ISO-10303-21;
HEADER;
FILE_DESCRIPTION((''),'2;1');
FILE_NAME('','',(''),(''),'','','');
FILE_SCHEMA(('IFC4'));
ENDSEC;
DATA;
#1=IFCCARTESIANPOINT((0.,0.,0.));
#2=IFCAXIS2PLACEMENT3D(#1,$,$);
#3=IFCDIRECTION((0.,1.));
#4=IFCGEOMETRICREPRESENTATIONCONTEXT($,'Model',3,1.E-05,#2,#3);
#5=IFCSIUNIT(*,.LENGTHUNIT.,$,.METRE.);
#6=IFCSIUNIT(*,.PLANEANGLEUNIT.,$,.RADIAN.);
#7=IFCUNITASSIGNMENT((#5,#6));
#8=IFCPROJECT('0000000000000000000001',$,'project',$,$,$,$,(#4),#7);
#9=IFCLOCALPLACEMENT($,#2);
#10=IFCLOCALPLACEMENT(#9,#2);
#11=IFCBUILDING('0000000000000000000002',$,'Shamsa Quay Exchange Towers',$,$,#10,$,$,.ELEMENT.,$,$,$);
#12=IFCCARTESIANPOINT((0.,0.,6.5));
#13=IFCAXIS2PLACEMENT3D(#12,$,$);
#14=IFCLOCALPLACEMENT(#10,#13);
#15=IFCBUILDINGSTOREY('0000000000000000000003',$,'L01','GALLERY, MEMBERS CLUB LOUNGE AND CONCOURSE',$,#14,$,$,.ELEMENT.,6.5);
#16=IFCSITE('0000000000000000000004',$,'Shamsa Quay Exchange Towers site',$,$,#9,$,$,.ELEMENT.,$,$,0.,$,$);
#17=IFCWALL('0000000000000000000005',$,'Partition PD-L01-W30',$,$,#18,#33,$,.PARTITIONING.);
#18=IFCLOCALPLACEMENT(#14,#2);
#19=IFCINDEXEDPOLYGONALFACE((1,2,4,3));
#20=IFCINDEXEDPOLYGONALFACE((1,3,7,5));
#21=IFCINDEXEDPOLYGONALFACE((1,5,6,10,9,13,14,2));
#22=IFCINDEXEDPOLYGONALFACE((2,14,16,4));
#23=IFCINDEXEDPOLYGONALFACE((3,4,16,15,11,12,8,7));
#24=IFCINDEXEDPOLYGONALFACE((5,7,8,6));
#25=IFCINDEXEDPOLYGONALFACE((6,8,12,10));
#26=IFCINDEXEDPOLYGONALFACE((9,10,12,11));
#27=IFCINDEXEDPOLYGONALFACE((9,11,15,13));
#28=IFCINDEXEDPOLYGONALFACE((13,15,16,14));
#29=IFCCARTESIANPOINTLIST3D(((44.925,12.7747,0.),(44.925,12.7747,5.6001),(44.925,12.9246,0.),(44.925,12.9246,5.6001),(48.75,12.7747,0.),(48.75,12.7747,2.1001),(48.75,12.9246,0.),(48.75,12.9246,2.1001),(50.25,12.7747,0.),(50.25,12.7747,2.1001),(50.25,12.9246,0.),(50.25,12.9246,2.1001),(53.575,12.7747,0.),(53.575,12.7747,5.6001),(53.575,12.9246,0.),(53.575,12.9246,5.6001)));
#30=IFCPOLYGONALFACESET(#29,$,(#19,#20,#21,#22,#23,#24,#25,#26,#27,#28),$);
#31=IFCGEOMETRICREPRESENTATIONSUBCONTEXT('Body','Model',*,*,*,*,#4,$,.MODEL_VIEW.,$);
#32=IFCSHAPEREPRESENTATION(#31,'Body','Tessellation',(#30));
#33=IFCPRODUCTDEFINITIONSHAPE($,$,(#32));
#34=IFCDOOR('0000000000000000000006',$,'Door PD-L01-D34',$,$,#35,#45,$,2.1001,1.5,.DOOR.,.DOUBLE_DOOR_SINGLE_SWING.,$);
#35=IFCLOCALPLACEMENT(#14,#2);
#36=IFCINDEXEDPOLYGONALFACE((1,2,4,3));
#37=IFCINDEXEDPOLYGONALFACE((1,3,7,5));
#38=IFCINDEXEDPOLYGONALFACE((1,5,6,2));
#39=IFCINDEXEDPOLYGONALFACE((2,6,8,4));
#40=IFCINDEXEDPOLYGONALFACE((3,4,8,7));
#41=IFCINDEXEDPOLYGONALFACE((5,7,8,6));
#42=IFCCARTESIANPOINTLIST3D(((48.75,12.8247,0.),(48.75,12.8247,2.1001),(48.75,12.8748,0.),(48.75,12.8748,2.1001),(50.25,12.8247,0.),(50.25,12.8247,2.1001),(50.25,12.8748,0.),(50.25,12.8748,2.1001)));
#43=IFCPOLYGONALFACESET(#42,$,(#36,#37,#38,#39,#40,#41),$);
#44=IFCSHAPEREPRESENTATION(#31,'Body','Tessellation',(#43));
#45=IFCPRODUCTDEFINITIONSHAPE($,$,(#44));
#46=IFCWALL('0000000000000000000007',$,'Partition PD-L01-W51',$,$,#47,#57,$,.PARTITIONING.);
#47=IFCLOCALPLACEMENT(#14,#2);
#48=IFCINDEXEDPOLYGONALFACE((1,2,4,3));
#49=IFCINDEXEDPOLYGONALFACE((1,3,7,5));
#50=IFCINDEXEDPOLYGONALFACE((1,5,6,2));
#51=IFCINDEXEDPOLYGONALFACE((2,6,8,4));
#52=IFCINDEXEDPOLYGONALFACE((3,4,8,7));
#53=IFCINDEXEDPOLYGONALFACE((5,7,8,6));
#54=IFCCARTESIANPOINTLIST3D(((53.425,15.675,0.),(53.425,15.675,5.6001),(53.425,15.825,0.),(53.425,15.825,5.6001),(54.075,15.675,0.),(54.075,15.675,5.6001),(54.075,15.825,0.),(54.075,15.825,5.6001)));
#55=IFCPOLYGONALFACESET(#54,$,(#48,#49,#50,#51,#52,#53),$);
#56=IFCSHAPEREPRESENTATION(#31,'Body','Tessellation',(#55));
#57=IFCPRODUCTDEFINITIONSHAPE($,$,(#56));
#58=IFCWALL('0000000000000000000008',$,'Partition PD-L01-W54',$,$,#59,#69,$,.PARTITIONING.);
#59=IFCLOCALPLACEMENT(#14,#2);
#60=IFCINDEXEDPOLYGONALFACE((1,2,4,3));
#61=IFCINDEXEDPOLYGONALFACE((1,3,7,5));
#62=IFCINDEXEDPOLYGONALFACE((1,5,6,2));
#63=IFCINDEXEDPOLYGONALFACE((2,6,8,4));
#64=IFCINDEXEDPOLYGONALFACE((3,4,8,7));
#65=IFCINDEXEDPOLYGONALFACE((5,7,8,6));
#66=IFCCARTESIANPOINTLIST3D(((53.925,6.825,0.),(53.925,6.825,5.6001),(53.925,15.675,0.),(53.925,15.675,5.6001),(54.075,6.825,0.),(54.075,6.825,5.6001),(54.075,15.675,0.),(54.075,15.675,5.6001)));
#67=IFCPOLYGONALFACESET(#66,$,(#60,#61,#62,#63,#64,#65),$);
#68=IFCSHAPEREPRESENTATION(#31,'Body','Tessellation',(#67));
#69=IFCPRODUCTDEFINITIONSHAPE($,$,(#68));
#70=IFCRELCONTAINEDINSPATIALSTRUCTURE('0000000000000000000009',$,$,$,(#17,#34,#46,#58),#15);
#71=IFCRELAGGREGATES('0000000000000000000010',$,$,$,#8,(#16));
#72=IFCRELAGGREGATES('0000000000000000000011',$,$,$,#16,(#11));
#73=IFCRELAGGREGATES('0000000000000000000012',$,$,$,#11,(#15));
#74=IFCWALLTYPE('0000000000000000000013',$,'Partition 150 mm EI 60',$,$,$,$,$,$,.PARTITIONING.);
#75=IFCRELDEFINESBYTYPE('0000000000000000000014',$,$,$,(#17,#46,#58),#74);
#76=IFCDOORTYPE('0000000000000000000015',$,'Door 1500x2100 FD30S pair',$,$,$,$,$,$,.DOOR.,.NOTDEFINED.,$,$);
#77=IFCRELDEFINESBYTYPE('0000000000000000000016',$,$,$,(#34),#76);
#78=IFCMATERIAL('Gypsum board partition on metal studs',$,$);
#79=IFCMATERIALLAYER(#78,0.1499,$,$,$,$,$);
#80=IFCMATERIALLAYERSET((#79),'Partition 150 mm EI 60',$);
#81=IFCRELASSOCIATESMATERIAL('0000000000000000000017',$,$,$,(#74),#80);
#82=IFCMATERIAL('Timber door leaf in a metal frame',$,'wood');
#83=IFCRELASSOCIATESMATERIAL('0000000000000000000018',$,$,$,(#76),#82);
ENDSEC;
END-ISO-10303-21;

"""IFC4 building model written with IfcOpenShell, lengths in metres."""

from ifc_helpers import new_model, si_unit, direction, frame, frame_2d, origin, place, context, subcontext, project, spatial, rectangle, extrude, material, layer, layer_set, type_object, element, fill, save


model = new_model("IFC4")

# Units and contexts
model_context = context("Model", 3, precision=1e-05, world=origin(), true_north=direction((0.0, 1.0)))
body_context = subcontext(model_context, "Body", "Model", "MODEL_VIEW")
ifc_project = project(units=[si_unit("LENGTHUNIT", "METRE"), si_unit("PLANEANGLEUNIT", "RADIAN")], contexts=[model_context])

# Site, building, storey
site_placement = place(None, origin())
site = spatial("IfcSite", under=ifc_project, at=site_placement, Name="Shamsa Quay Exchange Towers site", CompositionType="ELEMENT", RefElevation=0.0)
building_placement = place(site_placement, origin())
building = spatial("IfcBuilding", under=site, at=building_placement, Name="Shamsa Quay Exchange Towers", CompositionType="ELEMENT")
storey_placement = place(building_placement, frame((0.0, 0.0, 6.5)))
storey = spatial("IfcBuildingStorey", under=building, at=storey_placement, Name="L01", Description="GALLERY, MEMBERS CLUB LOUNGE AND CONCOURSE", CompositionType="ELEMENT", Elevation=6.5)

# Shared definitions
ifc_material_1 = material(Name="Gypsum board partition on metal studs")
ifc_layer_1 = layer(ifc_material_1, 0.1499)
ifc_layer_set_1 = layer_set([ifc_layer_1], Name="Partition 150 mm EI 60")
wall_type_1 = type_object("IfcWallType", Name="Partition 150 mm EI 60", PredefinedType="PARTITIONING", material=ifc_layer_set_1)
ifc_material_2 = material(Name="Timber door leaf in a metal frame", Category="wood")

# Wall, opening, door
wall_1_placement = place(storey_placement, frame((53.575, 12.8496, 0.0), z_axis=(0.0, 0.0, 1.0), x_axis=(-1.0, 0.0, 0.0)))
wall_1 = element("IfcWall", 1, at=wall_1_placement, inside=storey, type_object=wall_type_1, Name="Partition PD-L01-W30", PredefinedType="PARTITIONING", context=body_context, shape_type="SweptSolid", body=[
    extrude(rectangle(XDim=8.6499, YDim=0.1499, at=frame_2d((4.325, 0.0))), origin(), (0.0, 0.0, 1.0), 5.6001),
])
opening_1_placement = place(wall_1_placement, frame((3.325, 0.0, 0.0)))
opening_1 = element("IfcOpeningElement", 2, at=opening_1_placement, cuts=wall_1, PredefinedType="OPENING", context=body_context, shape_type="SweptSolid", body=[
    extrude(rectangle(XDim=1.5, YDim=2.1001, at=frame_2d((0.75, 1.05))), frame((0.0, 0.085, 0.0), z_axis=(0.0, -1.0, 0.0), x_axis=(1.0, 0.0, 0.0)), (0.0, 0.0, 1.0), 0.1699),
])
door_type_1 = type_object("IfcDoorType", Name="Door 1500x2100 FD30S pair", OperationType="NOTDEFINED", PredefinedType="DOOR", material=ifc_material_2)
door_1_placement = place(opening_1_placement, origin())
door_1 = element("IfcDoor", 3, at=door_1_placement, inside=storey, type_object=door_type_1, Name="Door PD-L01-D34", OperationType="DOUBLE_DOOR_SINGLE_SWING", OverallHeight=2.1001, OverallWidth=1.5, PredefinedType="DOOR", context=body_context, shape_type="SweptSolid", body=[
    extrude(rectangle(XDim=1.5, YDim=2.1001, at=frame_2d((0.75, 1.05))), frame((0.0, 0.0249, 0.0), z_axis=(0.0, -1.0, 0.0), x_axis=(1.0, 0.0, 0.0)), (0.0, 0.0, 1.0), 0.05),
])
fill(opening_1, door_1)

# Walls
wall_2_placement = place(storey_placement, frame((53.425, 15.75, 0.0)))
element("IfcWall", 4, at=wall_2_placement, inside=storey, type_object=wall_type_1, Name="Partition PD-L01-W51", PredefinedType="PARTITIONING", context=body_context, shape_type="SweptSolid", body=[
    extrude(rectangle(XDim=0.6499, YDim=0.1499, at=frame_2d((0.325, 0.0))), origin(), (0.0, 0.0, 1.0), 5.6001),
])
wall_3_placement = place(storey_placement, frame((54.0, 15.675, 0.0), z_axis=(0.0, 0.0, 1.0), x_axis=(0.0, -1.0, 0.0)))
element("IfcWall", 5, at=wall_3_placement, inside=storey, type_object=wall_type_1, Name="Partition PD-L01-W54", PredefinedType="PARTITIONING", context=body_context, shape_type="SweptSolid", body=[
    extrude(rectangle(XDim=8.8501, YDim=0.1499, at=frame_2d((4.425, 0.0))), origin(), (0.0, 0.0, 1.0), 5.6001),
])

save(model, "model.ifc")
